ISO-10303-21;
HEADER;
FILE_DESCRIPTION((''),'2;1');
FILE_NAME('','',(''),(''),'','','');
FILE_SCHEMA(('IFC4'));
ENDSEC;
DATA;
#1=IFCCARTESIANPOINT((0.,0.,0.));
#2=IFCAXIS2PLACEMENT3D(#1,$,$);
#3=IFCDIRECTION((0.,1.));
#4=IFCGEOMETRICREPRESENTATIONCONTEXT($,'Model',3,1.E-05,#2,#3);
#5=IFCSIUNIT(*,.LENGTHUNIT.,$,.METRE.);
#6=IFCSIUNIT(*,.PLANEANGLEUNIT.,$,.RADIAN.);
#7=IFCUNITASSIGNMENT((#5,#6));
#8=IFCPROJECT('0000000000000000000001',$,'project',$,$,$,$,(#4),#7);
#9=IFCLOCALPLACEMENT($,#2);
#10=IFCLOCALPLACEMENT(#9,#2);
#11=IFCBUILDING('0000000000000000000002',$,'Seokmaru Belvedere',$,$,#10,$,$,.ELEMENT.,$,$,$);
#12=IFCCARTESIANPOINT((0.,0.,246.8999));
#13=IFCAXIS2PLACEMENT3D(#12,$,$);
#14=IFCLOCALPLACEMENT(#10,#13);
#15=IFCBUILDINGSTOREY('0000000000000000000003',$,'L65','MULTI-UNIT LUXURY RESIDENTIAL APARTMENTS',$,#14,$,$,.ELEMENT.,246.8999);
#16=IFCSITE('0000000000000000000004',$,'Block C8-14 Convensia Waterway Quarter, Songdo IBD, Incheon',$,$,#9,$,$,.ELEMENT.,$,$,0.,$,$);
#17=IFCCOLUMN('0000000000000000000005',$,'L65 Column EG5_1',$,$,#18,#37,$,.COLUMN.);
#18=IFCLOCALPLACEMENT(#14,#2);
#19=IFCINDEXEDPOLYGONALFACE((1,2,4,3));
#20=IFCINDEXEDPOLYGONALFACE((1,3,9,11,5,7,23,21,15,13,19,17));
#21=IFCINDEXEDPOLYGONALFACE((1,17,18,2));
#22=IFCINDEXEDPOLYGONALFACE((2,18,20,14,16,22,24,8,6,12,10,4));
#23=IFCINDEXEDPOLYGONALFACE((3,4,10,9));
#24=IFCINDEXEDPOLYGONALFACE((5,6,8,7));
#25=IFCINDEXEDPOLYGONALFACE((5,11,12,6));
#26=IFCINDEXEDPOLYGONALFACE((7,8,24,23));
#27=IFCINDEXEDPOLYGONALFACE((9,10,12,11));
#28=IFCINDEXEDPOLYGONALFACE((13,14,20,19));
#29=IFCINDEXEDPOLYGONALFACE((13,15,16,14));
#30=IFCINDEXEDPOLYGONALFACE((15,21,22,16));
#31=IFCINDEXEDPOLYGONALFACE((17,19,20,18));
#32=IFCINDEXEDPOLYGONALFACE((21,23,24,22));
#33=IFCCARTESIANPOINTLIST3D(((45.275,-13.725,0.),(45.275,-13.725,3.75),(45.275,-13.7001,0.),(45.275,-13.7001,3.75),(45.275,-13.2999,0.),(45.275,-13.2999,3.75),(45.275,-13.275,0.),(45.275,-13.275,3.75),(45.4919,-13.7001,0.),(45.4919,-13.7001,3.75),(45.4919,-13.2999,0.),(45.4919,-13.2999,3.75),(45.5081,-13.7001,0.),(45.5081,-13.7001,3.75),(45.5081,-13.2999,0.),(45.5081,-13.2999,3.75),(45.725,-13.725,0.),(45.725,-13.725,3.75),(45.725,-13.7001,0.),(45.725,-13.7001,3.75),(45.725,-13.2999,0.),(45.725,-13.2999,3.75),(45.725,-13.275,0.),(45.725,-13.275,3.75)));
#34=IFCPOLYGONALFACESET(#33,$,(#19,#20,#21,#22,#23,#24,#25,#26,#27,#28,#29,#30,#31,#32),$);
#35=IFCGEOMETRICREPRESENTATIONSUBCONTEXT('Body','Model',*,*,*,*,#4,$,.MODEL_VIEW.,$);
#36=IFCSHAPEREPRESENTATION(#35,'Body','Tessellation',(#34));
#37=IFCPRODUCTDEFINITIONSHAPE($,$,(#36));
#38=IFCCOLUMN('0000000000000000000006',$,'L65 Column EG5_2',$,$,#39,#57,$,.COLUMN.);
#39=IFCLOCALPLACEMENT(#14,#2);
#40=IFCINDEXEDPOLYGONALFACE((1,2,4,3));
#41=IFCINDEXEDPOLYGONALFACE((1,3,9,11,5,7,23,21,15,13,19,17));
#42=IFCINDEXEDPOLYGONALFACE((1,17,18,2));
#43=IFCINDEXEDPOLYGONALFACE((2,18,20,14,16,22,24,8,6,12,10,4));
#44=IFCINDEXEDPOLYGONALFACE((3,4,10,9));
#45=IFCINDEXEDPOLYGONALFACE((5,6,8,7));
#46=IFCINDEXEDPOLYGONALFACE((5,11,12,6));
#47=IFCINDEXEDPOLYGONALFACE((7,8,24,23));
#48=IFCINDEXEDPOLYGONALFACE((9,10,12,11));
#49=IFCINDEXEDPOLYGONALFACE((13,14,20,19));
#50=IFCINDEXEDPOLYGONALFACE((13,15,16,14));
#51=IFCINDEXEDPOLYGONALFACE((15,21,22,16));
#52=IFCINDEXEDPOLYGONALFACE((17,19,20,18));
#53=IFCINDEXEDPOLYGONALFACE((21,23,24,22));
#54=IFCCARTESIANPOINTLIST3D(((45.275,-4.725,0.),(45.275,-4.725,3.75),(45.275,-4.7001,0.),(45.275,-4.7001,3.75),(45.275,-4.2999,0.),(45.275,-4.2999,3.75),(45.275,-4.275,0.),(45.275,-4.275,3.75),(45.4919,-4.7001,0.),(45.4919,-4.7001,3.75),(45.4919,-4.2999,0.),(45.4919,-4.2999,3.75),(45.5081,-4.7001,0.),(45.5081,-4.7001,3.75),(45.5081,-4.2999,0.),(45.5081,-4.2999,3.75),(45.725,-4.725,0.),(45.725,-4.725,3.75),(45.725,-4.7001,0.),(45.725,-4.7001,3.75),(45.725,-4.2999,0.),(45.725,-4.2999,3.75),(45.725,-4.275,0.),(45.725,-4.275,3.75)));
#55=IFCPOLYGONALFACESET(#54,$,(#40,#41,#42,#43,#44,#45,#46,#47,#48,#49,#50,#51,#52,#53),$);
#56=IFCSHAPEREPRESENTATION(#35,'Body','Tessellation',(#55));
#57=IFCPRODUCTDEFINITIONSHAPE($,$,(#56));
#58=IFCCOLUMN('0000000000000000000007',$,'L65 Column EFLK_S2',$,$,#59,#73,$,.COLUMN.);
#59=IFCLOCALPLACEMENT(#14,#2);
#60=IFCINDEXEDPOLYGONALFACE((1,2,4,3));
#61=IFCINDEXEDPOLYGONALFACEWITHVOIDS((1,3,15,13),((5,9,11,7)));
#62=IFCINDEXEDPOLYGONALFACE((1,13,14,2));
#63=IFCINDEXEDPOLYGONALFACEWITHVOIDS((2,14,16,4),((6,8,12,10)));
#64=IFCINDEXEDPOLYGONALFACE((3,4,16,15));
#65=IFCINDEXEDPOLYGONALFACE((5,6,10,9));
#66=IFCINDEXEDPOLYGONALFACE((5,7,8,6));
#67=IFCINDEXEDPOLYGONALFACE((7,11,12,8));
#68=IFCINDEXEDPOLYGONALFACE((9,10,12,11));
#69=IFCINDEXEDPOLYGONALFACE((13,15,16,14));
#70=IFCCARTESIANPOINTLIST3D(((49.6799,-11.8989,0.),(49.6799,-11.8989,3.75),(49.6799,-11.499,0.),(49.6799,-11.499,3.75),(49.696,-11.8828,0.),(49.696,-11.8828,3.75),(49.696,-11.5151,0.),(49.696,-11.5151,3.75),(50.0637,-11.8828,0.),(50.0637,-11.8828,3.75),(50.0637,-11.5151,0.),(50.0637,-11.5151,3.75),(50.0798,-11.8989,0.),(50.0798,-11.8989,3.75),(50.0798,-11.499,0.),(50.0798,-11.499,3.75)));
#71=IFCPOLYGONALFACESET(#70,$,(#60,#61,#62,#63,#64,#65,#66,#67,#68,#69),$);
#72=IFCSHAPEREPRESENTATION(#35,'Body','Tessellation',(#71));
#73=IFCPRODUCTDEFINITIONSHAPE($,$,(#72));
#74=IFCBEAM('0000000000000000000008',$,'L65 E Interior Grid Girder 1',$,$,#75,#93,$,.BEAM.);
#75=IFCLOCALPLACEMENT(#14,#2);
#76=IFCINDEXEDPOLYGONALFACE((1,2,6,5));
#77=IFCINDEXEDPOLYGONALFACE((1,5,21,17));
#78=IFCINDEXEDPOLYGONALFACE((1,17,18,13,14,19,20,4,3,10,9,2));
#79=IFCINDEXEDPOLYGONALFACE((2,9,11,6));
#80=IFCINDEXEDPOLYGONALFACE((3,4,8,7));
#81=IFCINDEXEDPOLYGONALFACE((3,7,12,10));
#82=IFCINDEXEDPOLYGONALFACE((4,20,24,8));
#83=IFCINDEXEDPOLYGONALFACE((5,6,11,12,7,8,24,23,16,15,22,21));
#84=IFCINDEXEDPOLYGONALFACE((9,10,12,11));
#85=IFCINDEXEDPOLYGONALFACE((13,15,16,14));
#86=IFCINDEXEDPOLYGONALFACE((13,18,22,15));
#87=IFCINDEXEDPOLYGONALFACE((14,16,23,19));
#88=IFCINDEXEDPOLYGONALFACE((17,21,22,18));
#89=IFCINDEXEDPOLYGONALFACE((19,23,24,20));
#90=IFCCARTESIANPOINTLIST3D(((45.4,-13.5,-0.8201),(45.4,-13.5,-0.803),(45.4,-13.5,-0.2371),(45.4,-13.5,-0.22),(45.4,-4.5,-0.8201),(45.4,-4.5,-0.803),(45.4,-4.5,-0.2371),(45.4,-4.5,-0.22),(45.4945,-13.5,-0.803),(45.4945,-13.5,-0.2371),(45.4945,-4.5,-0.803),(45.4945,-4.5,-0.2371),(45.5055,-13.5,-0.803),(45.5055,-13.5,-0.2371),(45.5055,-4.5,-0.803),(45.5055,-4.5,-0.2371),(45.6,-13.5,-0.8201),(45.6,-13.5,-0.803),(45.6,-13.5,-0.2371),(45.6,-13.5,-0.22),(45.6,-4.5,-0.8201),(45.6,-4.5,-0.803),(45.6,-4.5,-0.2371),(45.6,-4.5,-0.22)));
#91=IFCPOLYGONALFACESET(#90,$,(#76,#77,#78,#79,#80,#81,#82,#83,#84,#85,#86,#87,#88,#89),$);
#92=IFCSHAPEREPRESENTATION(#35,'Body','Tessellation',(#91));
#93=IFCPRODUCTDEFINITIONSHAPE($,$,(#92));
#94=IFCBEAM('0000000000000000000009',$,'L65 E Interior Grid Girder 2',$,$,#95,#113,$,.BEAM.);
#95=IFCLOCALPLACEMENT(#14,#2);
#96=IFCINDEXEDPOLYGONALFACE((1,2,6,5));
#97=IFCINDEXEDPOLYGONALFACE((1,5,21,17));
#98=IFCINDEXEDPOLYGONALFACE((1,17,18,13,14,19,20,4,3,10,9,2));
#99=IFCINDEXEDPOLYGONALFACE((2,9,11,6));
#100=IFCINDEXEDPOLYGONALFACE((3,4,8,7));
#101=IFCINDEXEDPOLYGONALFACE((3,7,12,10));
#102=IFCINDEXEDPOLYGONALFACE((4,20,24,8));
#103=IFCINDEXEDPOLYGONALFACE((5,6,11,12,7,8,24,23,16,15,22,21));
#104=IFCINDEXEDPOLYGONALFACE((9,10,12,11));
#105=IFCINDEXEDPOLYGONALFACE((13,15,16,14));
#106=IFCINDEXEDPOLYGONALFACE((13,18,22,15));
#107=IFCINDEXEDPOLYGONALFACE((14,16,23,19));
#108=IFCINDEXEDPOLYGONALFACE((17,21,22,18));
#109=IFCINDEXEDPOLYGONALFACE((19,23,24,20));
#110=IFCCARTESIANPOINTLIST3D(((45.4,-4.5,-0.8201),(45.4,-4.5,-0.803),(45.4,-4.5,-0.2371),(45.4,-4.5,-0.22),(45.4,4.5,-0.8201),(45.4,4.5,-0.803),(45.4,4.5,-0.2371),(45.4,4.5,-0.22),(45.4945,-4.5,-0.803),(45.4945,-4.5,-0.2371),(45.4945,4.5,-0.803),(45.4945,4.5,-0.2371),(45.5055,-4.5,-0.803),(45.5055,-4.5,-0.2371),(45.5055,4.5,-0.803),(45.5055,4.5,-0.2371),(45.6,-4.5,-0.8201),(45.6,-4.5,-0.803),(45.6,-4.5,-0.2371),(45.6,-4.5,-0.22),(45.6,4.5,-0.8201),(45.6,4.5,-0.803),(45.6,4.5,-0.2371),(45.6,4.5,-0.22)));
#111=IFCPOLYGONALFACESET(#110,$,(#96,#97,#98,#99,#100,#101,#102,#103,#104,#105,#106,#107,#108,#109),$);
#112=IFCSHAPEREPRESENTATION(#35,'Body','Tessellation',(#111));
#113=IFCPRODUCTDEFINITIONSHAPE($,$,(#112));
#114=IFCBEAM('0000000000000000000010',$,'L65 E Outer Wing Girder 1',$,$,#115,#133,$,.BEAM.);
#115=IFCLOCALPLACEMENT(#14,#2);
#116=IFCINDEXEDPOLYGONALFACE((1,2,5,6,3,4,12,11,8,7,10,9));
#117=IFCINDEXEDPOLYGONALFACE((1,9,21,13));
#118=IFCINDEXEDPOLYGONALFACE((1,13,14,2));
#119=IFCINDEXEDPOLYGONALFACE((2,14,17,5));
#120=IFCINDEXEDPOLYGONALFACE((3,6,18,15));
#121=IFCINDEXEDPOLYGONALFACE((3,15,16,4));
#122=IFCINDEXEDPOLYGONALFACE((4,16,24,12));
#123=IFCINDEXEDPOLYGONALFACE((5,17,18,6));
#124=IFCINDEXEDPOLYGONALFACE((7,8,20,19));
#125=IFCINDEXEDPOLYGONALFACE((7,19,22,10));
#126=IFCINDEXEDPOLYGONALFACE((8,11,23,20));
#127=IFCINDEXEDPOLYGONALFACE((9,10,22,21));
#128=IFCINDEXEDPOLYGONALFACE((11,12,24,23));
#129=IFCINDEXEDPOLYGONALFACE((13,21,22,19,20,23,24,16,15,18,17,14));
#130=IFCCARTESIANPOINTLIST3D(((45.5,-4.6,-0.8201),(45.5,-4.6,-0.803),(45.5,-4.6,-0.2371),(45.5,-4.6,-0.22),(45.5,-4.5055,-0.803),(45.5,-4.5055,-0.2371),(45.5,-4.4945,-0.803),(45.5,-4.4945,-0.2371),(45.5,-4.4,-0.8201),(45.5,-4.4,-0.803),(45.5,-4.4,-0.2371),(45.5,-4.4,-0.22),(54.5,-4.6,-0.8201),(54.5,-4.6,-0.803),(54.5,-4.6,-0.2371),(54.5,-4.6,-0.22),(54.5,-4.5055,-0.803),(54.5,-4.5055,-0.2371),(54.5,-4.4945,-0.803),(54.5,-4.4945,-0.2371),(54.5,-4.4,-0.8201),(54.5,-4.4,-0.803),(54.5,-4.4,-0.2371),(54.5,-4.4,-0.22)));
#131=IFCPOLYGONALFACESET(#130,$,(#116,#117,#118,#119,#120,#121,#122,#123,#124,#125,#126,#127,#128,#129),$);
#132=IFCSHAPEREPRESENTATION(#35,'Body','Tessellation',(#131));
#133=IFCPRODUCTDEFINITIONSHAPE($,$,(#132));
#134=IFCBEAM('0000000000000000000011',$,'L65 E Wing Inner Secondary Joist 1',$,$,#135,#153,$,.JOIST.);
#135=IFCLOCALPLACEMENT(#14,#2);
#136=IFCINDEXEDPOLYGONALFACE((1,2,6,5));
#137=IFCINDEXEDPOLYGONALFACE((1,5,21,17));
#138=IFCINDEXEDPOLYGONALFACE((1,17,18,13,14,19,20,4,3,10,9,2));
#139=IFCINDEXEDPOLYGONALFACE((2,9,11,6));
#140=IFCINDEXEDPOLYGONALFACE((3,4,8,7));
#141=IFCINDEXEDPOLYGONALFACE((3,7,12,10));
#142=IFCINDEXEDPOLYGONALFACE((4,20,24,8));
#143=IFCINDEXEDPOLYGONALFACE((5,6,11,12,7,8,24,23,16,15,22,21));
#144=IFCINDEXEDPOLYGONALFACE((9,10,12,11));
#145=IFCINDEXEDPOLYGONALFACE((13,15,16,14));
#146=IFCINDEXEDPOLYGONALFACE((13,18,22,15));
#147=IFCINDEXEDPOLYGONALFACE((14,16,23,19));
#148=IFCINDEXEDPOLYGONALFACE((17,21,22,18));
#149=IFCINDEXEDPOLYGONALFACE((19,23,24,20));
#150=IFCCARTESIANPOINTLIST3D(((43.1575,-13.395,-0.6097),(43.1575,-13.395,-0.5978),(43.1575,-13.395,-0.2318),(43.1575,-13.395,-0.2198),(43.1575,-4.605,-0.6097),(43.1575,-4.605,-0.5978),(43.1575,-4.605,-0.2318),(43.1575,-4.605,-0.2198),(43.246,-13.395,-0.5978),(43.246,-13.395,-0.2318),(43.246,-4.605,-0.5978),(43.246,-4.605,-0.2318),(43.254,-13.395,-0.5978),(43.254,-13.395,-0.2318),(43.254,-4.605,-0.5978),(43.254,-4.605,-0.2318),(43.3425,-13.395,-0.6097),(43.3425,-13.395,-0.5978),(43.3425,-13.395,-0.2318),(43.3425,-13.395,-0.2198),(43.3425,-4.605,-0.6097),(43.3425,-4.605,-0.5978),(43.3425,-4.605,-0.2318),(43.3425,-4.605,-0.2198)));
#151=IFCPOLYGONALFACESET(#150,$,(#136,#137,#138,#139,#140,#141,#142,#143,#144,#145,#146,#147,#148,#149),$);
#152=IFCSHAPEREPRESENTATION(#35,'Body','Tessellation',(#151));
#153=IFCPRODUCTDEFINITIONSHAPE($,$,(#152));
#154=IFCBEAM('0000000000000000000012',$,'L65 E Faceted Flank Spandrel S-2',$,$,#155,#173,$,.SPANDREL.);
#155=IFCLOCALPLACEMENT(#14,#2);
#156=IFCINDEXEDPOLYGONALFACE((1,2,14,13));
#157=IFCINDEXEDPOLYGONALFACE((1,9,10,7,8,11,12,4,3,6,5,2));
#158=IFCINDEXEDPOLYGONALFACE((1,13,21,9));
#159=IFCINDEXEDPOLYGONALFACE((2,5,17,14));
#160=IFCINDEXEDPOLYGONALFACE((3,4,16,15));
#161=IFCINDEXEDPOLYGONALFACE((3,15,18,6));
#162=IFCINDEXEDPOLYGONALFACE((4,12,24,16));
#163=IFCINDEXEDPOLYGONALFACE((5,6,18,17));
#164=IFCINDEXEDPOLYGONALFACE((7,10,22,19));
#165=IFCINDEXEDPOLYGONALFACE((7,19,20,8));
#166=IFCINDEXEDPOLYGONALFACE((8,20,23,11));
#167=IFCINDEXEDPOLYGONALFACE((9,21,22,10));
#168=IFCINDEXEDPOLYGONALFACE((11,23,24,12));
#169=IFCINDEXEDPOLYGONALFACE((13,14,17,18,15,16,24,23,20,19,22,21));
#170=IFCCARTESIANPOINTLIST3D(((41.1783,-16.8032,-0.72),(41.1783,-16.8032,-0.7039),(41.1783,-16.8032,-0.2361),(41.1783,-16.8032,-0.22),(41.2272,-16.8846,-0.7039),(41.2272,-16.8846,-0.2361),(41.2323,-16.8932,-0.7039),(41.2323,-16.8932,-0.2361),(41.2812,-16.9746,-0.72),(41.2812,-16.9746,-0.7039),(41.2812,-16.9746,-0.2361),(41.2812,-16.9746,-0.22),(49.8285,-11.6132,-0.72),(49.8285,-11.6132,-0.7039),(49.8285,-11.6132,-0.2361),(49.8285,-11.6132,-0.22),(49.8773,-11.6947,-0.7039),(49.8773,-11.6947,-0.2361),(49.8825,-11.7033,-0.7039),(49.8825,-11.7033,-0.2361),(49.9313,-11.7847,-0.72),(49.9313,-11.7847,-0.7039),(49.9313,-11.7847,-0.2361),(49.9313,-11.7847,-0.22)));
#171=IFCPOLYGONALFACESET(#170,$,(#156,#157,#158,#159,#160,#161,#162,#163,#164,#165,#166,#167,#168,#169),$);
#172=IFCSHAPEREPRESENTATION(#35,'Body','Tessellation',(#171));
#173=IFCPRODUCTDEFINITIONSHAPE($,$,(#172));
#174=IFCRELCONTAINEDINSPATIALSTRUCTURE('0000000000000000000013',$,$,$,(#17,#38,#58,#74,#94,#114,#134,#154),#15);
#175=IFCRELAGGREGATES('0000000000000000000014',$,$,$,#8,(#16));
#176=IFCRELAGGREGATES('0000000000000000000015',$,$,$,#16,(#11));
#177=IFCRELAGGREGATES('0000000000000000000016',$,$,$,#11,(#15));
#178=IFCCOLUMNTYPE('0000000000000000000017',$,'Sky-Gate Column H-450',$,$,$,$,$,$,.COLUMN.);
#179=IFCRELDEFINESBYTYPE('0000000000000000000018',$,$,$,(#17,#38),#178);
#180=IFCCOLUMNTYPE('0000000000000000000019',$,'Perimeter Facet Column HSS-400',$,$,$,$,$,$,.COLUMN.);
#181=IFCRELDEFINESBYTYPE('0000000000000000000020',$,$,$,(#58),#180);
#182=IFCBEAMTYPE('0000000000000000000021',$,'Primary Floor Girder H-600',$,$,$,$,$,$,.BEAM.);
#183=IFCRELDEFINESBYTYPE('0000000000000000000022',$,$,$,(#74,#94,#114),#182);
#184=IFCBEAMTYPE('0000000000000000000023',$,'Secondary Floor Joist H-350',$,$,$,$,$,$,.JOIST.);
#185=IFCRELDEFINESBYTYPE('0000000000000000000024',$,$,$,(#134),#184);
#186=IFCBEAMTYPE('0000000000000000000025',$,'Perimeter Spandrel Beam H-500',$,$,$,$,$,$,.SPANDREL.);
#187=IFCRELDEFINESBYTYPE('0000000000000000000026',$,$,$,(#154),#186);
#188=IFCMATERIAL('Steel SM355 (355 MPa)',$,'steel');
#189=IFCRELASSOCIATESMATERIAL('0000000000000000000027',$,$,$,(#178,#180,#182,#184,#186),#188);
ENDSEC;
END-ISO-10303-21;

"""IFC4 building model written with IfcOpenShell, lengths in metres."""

from ifc_helpers import new_model, si_unit, direction, frame, origin, origin_2d, place, context, subcontext, project, spatial, hollow_rectangle, i_section, extrude, source, transform, mapped, material, material_profile, profile_set, type_object, type_shapes, element, save


model = new_model("IFC4")

# Units and contexts
model_context = context("Model", 3, precision=1e-05, world=origin(), true_north=direction((0.0, 1.0)))
body_context = subcontext(model_context, "Body", "Model", "MODEL_VIEW")
ifc_project = project(units=[si_unit("LENGTHUNIT", "METRE"), si_unit("PLANEANGLEUNIT", "RADIAN")], contexts=[model_context])

# Site, building, storey
site_placement = place(None, origin())
site = spatial("IfcSite", under=ifc_project, at=site_placement, Name="Block C8-14 Convensia Waterway Quarter, Songdo IBD, Incheon", CompositionType="ELEMENT", RefElevation=0.0)
building_placement = place(site_placement, origin())
building = spatial("IfcBuilding", under=site, at=building_placement, Name="Seokmaru Belvedere", CompositionType="ELEMENT")
storey_placement = place(building_placement, frame((0.0, 0.0, 246.8999)))
storey = spatial("IfcBuildingStorey", under=building, at=storey_placement, Name="L65", Description="MULTI-UNIT LUXURY RESIDENTIAL APARTMENTS", CompositionType="ELEMENT", Elevation=246.8999)

# Columns
ifc_material_1 = material(Name="Steel SM355 (355 MPa)", Category="steel")
ifc_material_profile_1 = material_profile(ifc_material_1, i_section(OverallWidth=0.45, OverallDepth=0.45, WebThickness=0.0161, FlangeThickness=0.0249, at=origin_2d()), Name="H-450x450x16x25")
ifc_profile_set_1 = profile_set([ifc_material_profile_1], Name="Steel SM355 (355 MPa)")
column_type_1 = type_object("IfcColumnType", Name="Sky-Gate Column H-450", PredefinedType="COLUMN", material=ifc_profile_set_1)
shared_shape_1 = source(origin(), body_context, "Body", "SweptSolid", [
    extrude(i_section(OverallWidth=0.45, OverallDepth=0.45, WebThickness=0.0161, FlangeThickness=0.0249, at=origin_2d()), origin(), (0.0, 0.0, 1.0), 3.75),
])
type_shapes(column_type_1, [shared_shape_1])
for number, where, z_axis, x_axis, name in (
    (1, (45.5, -13.5, 0.0), (0.0, 0.0, 1.0), (1.0, 0.0, 0.0), "L65 Column EG5_1"),
    (2, (45.5, -4.5, 0.0), (0.0, 0.0, 1.0), (1.0, 0.0, 0.0), "L65 Column EG5_2"),
):
    element("IfcColumn", number, at=place(storey_placement, frame(where, z_axis=z_axis, x_axis=x_axis)), inside=storey, type_object=column_type_1, Name=name, PredefinedType="COLUMN", context=body_context, shape_type="MappedRepresentation", body=[
        mapped(shared_shape_1, transform((0.0, 0.0, 0.0), scale=1.0)),
    ])
ifc_material_profile_2 = material_profile(ifc_material_1, hollow_rectangle(XDim=0.3999, YDim=0.3999, WallThickness=0.0161, at=origin_2d()), Name="HSS-400x400x16")
ifc_profile_set_2 = profile_set([ifc_material_profile_2], Name="Steel SM355 (355 MPa)")
column_type_2 = type_object("IfcColumnType", Name="Perimeter Facet Column HSS-400", PredefinedType="COLUMN", material=ifc_profile_set_2)
shared_shape_2 = source(origin(), body_context, "Body", "SweptSolid", [
    extrude(hollow_rectangle(XDim=0.3999, YDim=0.3999, WallThickness=0.0161, at=origin_2d()), origin(), (0.0, 0.0, 1.0), 3.75),
])
type_shapes(column_type_2, [shared_shape_2])
column_placement = place(storey_placement, frame((49.8799, -11.699, 0.0), z_axis=(0.0, 0.0, 1.0), x_axis=(1.0, 0.0, 0.0)))
element("IfcColumn", 3, at=column_placement, inside=storey, type_object=column_type_2, Name="L65 Column EFLK_S2", PredefinedType="COLUMN", context=body_context, shape_type="MappedRepresentation", body=[
    mapped(shared_shape_2, transform((0.0, 0.0, 0.0), scale=1.0)),
])

# Beams
ifc_material_profile_3 = material_profile(ifc_material_1, i_section(OverallWidth=0.2, OverallDepth=0.6001, WebThickness=0.011, FlangeThickness=0.0171, at=origin_2d()), Name="H-600x200x11x17")
ifc_profile_set_3 = profile_set([ifc_material_profile_3], Name="Steel SM355 (355 MPa)")
beam_type_1 = type_object("IfcBeamType", Name="Primary Floor Girder H-600", PredefinedType="BEAM", material=ifc_profile_set_3)
shared_shape_3 = source(origin(), body_context, "Body", "SweptSolid", [
    extrude(i_section(OverallWidth=0.2, OverallDepth=0.6001, WebThickness=0.011, FlangeThickness=0.0171, at=origin_2d()), origin(), (0.0, 0.0, 1.0), 9.0),
])
for number, where, z_axis, x_axis, name in (
    (4, (45.5, -13.5, -0.52), (0.0, 1.0, 0.0), (-1.0, 0.0, 0.0), "L65 E Interior Grid Girder 1"),
    (5, (45.5, -4.5, -0.52), (0.0, 1.0, 0.0), (-1.0, 0.0, 0.0), "L65 E Interior Grid Girder 2"),
    (6, (45.5, -4.5, -0.52), (1.0, 0.0, 0.0), (0.0, 1.0, 0.0), "L65 E Outer Wing Girder 1"),
):
    element("IfcBeam", number, at=place(storey_placement, frame(where, z_axis=z_axis, x_axis=x_axis)), inside=storey, type_object=beam_type_1, Name=name, PredefinedType="BEAM", context=body_context, shape_type="MappedRepresentation", body=[
        mapped(shared_shape_3, transform((0.0, 0.0, 0.0), scale=1.0)),
    ])
ifc_material_profile_4 = material_profile(ifc_material_1, i_section(OverallWidth=0.1851, OverallDepth=0.3899, WebThickness=0.0081, FlangeThickness=0.012, at=origin_2d()), Name="H-390x185x8x12")
ifc_profile_set_4 = profile_set([ifc_material_profile_4], Name="Steel SM355 (355 MPa)")
beam_type_2 = type_object("IfcBeamType", Name="Secondary Floor Joist H-350", PredefinedType="JOIST", material=ifc_profile_set_4)
shared_shape_4 = source(origin(), body_context, "Body", "SweptSolid", [
    extrude(i_section(OverallWidth=0.1851, OverallDepth=0.3899, WebThickness=0.0081, FlangeThickness=0.012, at=origin_2d()), origin(), (0.0, 0.0, 1.0), 8.79),
])
type_shapes(beam_type_2, [shared_shape_4])
beam_1_placement = place(storey_placement, frame((43.25, -13.395, -0.4148), z_axis=(0.0, 1.0, 0.0), x_axis=(-1.0, 0.0, 0.0)))
element("IfcBeam", 7, at=beam_1_placement, inside=storey, type_object=beam_type_2, Name="L65 E Wing Inner Secondary Joist 1", PredefinedType="JOIST", context=body_context, shape_type="MappedRepresentation", body=[
    mapped(shared_shape_4, transform((0.0, 0.0, 0.0), scale=1.0)),
])
ifc_material_profile_5 = material_profile(ifc_material_1, i_section(OverallWidth=0.2, OverallDepth=0.5, WebThickness=0.01, FlangeThickness=0.0161, at=origin_2d()), Name="H-500x200x10x16")
ifc_profile_set_5 = profile_set([ifc_material_profile_5], Name="Steel SM355 (355 MPa)")
beam_type_3 = type_object("IfcBeamType", Name="Perimeter Spandrel Beam H-500", PredefinedType="SPANDREL", material=ifc_profile_set_5)
shared_shape_5 = source(origin(), body_context, "Body", "SweptSolid", [
    extrude(i_section(OverallWidth=0.2, OverallDepth=0.5, WebThickness=0.01, FlangeThickness=0.0161, at=origin_2d()), origin(), (0.0, 0.0, 1.0), 10.0876),
])
type_shapes(beam_type_3, [shared_shape_5])
for number, where, z_axis, x_axis, name in (
    (8, (41.2297, -16.8889, -0.47), (0.857499, 0.514485, 0.0), (-0.514485, 0.857499, 0.0), "L65 E Faceted Flank Spandrel S-2"),
):
    element("IfcBeam", number, at=place(storey_placement, frame(where, z_axis=z_axis, x_axis=x_axis)), inside=storey, type_object=beam_type_3, Name=name, PredefinedType="SPANDREL", context=body_context, shape_type="MappedRepresentation", body=[
        mapped(shared_shape_5, transform((0.0, 0.0, 0.0), scale=1.0)),
    ])

save(model, "model.ifc")
